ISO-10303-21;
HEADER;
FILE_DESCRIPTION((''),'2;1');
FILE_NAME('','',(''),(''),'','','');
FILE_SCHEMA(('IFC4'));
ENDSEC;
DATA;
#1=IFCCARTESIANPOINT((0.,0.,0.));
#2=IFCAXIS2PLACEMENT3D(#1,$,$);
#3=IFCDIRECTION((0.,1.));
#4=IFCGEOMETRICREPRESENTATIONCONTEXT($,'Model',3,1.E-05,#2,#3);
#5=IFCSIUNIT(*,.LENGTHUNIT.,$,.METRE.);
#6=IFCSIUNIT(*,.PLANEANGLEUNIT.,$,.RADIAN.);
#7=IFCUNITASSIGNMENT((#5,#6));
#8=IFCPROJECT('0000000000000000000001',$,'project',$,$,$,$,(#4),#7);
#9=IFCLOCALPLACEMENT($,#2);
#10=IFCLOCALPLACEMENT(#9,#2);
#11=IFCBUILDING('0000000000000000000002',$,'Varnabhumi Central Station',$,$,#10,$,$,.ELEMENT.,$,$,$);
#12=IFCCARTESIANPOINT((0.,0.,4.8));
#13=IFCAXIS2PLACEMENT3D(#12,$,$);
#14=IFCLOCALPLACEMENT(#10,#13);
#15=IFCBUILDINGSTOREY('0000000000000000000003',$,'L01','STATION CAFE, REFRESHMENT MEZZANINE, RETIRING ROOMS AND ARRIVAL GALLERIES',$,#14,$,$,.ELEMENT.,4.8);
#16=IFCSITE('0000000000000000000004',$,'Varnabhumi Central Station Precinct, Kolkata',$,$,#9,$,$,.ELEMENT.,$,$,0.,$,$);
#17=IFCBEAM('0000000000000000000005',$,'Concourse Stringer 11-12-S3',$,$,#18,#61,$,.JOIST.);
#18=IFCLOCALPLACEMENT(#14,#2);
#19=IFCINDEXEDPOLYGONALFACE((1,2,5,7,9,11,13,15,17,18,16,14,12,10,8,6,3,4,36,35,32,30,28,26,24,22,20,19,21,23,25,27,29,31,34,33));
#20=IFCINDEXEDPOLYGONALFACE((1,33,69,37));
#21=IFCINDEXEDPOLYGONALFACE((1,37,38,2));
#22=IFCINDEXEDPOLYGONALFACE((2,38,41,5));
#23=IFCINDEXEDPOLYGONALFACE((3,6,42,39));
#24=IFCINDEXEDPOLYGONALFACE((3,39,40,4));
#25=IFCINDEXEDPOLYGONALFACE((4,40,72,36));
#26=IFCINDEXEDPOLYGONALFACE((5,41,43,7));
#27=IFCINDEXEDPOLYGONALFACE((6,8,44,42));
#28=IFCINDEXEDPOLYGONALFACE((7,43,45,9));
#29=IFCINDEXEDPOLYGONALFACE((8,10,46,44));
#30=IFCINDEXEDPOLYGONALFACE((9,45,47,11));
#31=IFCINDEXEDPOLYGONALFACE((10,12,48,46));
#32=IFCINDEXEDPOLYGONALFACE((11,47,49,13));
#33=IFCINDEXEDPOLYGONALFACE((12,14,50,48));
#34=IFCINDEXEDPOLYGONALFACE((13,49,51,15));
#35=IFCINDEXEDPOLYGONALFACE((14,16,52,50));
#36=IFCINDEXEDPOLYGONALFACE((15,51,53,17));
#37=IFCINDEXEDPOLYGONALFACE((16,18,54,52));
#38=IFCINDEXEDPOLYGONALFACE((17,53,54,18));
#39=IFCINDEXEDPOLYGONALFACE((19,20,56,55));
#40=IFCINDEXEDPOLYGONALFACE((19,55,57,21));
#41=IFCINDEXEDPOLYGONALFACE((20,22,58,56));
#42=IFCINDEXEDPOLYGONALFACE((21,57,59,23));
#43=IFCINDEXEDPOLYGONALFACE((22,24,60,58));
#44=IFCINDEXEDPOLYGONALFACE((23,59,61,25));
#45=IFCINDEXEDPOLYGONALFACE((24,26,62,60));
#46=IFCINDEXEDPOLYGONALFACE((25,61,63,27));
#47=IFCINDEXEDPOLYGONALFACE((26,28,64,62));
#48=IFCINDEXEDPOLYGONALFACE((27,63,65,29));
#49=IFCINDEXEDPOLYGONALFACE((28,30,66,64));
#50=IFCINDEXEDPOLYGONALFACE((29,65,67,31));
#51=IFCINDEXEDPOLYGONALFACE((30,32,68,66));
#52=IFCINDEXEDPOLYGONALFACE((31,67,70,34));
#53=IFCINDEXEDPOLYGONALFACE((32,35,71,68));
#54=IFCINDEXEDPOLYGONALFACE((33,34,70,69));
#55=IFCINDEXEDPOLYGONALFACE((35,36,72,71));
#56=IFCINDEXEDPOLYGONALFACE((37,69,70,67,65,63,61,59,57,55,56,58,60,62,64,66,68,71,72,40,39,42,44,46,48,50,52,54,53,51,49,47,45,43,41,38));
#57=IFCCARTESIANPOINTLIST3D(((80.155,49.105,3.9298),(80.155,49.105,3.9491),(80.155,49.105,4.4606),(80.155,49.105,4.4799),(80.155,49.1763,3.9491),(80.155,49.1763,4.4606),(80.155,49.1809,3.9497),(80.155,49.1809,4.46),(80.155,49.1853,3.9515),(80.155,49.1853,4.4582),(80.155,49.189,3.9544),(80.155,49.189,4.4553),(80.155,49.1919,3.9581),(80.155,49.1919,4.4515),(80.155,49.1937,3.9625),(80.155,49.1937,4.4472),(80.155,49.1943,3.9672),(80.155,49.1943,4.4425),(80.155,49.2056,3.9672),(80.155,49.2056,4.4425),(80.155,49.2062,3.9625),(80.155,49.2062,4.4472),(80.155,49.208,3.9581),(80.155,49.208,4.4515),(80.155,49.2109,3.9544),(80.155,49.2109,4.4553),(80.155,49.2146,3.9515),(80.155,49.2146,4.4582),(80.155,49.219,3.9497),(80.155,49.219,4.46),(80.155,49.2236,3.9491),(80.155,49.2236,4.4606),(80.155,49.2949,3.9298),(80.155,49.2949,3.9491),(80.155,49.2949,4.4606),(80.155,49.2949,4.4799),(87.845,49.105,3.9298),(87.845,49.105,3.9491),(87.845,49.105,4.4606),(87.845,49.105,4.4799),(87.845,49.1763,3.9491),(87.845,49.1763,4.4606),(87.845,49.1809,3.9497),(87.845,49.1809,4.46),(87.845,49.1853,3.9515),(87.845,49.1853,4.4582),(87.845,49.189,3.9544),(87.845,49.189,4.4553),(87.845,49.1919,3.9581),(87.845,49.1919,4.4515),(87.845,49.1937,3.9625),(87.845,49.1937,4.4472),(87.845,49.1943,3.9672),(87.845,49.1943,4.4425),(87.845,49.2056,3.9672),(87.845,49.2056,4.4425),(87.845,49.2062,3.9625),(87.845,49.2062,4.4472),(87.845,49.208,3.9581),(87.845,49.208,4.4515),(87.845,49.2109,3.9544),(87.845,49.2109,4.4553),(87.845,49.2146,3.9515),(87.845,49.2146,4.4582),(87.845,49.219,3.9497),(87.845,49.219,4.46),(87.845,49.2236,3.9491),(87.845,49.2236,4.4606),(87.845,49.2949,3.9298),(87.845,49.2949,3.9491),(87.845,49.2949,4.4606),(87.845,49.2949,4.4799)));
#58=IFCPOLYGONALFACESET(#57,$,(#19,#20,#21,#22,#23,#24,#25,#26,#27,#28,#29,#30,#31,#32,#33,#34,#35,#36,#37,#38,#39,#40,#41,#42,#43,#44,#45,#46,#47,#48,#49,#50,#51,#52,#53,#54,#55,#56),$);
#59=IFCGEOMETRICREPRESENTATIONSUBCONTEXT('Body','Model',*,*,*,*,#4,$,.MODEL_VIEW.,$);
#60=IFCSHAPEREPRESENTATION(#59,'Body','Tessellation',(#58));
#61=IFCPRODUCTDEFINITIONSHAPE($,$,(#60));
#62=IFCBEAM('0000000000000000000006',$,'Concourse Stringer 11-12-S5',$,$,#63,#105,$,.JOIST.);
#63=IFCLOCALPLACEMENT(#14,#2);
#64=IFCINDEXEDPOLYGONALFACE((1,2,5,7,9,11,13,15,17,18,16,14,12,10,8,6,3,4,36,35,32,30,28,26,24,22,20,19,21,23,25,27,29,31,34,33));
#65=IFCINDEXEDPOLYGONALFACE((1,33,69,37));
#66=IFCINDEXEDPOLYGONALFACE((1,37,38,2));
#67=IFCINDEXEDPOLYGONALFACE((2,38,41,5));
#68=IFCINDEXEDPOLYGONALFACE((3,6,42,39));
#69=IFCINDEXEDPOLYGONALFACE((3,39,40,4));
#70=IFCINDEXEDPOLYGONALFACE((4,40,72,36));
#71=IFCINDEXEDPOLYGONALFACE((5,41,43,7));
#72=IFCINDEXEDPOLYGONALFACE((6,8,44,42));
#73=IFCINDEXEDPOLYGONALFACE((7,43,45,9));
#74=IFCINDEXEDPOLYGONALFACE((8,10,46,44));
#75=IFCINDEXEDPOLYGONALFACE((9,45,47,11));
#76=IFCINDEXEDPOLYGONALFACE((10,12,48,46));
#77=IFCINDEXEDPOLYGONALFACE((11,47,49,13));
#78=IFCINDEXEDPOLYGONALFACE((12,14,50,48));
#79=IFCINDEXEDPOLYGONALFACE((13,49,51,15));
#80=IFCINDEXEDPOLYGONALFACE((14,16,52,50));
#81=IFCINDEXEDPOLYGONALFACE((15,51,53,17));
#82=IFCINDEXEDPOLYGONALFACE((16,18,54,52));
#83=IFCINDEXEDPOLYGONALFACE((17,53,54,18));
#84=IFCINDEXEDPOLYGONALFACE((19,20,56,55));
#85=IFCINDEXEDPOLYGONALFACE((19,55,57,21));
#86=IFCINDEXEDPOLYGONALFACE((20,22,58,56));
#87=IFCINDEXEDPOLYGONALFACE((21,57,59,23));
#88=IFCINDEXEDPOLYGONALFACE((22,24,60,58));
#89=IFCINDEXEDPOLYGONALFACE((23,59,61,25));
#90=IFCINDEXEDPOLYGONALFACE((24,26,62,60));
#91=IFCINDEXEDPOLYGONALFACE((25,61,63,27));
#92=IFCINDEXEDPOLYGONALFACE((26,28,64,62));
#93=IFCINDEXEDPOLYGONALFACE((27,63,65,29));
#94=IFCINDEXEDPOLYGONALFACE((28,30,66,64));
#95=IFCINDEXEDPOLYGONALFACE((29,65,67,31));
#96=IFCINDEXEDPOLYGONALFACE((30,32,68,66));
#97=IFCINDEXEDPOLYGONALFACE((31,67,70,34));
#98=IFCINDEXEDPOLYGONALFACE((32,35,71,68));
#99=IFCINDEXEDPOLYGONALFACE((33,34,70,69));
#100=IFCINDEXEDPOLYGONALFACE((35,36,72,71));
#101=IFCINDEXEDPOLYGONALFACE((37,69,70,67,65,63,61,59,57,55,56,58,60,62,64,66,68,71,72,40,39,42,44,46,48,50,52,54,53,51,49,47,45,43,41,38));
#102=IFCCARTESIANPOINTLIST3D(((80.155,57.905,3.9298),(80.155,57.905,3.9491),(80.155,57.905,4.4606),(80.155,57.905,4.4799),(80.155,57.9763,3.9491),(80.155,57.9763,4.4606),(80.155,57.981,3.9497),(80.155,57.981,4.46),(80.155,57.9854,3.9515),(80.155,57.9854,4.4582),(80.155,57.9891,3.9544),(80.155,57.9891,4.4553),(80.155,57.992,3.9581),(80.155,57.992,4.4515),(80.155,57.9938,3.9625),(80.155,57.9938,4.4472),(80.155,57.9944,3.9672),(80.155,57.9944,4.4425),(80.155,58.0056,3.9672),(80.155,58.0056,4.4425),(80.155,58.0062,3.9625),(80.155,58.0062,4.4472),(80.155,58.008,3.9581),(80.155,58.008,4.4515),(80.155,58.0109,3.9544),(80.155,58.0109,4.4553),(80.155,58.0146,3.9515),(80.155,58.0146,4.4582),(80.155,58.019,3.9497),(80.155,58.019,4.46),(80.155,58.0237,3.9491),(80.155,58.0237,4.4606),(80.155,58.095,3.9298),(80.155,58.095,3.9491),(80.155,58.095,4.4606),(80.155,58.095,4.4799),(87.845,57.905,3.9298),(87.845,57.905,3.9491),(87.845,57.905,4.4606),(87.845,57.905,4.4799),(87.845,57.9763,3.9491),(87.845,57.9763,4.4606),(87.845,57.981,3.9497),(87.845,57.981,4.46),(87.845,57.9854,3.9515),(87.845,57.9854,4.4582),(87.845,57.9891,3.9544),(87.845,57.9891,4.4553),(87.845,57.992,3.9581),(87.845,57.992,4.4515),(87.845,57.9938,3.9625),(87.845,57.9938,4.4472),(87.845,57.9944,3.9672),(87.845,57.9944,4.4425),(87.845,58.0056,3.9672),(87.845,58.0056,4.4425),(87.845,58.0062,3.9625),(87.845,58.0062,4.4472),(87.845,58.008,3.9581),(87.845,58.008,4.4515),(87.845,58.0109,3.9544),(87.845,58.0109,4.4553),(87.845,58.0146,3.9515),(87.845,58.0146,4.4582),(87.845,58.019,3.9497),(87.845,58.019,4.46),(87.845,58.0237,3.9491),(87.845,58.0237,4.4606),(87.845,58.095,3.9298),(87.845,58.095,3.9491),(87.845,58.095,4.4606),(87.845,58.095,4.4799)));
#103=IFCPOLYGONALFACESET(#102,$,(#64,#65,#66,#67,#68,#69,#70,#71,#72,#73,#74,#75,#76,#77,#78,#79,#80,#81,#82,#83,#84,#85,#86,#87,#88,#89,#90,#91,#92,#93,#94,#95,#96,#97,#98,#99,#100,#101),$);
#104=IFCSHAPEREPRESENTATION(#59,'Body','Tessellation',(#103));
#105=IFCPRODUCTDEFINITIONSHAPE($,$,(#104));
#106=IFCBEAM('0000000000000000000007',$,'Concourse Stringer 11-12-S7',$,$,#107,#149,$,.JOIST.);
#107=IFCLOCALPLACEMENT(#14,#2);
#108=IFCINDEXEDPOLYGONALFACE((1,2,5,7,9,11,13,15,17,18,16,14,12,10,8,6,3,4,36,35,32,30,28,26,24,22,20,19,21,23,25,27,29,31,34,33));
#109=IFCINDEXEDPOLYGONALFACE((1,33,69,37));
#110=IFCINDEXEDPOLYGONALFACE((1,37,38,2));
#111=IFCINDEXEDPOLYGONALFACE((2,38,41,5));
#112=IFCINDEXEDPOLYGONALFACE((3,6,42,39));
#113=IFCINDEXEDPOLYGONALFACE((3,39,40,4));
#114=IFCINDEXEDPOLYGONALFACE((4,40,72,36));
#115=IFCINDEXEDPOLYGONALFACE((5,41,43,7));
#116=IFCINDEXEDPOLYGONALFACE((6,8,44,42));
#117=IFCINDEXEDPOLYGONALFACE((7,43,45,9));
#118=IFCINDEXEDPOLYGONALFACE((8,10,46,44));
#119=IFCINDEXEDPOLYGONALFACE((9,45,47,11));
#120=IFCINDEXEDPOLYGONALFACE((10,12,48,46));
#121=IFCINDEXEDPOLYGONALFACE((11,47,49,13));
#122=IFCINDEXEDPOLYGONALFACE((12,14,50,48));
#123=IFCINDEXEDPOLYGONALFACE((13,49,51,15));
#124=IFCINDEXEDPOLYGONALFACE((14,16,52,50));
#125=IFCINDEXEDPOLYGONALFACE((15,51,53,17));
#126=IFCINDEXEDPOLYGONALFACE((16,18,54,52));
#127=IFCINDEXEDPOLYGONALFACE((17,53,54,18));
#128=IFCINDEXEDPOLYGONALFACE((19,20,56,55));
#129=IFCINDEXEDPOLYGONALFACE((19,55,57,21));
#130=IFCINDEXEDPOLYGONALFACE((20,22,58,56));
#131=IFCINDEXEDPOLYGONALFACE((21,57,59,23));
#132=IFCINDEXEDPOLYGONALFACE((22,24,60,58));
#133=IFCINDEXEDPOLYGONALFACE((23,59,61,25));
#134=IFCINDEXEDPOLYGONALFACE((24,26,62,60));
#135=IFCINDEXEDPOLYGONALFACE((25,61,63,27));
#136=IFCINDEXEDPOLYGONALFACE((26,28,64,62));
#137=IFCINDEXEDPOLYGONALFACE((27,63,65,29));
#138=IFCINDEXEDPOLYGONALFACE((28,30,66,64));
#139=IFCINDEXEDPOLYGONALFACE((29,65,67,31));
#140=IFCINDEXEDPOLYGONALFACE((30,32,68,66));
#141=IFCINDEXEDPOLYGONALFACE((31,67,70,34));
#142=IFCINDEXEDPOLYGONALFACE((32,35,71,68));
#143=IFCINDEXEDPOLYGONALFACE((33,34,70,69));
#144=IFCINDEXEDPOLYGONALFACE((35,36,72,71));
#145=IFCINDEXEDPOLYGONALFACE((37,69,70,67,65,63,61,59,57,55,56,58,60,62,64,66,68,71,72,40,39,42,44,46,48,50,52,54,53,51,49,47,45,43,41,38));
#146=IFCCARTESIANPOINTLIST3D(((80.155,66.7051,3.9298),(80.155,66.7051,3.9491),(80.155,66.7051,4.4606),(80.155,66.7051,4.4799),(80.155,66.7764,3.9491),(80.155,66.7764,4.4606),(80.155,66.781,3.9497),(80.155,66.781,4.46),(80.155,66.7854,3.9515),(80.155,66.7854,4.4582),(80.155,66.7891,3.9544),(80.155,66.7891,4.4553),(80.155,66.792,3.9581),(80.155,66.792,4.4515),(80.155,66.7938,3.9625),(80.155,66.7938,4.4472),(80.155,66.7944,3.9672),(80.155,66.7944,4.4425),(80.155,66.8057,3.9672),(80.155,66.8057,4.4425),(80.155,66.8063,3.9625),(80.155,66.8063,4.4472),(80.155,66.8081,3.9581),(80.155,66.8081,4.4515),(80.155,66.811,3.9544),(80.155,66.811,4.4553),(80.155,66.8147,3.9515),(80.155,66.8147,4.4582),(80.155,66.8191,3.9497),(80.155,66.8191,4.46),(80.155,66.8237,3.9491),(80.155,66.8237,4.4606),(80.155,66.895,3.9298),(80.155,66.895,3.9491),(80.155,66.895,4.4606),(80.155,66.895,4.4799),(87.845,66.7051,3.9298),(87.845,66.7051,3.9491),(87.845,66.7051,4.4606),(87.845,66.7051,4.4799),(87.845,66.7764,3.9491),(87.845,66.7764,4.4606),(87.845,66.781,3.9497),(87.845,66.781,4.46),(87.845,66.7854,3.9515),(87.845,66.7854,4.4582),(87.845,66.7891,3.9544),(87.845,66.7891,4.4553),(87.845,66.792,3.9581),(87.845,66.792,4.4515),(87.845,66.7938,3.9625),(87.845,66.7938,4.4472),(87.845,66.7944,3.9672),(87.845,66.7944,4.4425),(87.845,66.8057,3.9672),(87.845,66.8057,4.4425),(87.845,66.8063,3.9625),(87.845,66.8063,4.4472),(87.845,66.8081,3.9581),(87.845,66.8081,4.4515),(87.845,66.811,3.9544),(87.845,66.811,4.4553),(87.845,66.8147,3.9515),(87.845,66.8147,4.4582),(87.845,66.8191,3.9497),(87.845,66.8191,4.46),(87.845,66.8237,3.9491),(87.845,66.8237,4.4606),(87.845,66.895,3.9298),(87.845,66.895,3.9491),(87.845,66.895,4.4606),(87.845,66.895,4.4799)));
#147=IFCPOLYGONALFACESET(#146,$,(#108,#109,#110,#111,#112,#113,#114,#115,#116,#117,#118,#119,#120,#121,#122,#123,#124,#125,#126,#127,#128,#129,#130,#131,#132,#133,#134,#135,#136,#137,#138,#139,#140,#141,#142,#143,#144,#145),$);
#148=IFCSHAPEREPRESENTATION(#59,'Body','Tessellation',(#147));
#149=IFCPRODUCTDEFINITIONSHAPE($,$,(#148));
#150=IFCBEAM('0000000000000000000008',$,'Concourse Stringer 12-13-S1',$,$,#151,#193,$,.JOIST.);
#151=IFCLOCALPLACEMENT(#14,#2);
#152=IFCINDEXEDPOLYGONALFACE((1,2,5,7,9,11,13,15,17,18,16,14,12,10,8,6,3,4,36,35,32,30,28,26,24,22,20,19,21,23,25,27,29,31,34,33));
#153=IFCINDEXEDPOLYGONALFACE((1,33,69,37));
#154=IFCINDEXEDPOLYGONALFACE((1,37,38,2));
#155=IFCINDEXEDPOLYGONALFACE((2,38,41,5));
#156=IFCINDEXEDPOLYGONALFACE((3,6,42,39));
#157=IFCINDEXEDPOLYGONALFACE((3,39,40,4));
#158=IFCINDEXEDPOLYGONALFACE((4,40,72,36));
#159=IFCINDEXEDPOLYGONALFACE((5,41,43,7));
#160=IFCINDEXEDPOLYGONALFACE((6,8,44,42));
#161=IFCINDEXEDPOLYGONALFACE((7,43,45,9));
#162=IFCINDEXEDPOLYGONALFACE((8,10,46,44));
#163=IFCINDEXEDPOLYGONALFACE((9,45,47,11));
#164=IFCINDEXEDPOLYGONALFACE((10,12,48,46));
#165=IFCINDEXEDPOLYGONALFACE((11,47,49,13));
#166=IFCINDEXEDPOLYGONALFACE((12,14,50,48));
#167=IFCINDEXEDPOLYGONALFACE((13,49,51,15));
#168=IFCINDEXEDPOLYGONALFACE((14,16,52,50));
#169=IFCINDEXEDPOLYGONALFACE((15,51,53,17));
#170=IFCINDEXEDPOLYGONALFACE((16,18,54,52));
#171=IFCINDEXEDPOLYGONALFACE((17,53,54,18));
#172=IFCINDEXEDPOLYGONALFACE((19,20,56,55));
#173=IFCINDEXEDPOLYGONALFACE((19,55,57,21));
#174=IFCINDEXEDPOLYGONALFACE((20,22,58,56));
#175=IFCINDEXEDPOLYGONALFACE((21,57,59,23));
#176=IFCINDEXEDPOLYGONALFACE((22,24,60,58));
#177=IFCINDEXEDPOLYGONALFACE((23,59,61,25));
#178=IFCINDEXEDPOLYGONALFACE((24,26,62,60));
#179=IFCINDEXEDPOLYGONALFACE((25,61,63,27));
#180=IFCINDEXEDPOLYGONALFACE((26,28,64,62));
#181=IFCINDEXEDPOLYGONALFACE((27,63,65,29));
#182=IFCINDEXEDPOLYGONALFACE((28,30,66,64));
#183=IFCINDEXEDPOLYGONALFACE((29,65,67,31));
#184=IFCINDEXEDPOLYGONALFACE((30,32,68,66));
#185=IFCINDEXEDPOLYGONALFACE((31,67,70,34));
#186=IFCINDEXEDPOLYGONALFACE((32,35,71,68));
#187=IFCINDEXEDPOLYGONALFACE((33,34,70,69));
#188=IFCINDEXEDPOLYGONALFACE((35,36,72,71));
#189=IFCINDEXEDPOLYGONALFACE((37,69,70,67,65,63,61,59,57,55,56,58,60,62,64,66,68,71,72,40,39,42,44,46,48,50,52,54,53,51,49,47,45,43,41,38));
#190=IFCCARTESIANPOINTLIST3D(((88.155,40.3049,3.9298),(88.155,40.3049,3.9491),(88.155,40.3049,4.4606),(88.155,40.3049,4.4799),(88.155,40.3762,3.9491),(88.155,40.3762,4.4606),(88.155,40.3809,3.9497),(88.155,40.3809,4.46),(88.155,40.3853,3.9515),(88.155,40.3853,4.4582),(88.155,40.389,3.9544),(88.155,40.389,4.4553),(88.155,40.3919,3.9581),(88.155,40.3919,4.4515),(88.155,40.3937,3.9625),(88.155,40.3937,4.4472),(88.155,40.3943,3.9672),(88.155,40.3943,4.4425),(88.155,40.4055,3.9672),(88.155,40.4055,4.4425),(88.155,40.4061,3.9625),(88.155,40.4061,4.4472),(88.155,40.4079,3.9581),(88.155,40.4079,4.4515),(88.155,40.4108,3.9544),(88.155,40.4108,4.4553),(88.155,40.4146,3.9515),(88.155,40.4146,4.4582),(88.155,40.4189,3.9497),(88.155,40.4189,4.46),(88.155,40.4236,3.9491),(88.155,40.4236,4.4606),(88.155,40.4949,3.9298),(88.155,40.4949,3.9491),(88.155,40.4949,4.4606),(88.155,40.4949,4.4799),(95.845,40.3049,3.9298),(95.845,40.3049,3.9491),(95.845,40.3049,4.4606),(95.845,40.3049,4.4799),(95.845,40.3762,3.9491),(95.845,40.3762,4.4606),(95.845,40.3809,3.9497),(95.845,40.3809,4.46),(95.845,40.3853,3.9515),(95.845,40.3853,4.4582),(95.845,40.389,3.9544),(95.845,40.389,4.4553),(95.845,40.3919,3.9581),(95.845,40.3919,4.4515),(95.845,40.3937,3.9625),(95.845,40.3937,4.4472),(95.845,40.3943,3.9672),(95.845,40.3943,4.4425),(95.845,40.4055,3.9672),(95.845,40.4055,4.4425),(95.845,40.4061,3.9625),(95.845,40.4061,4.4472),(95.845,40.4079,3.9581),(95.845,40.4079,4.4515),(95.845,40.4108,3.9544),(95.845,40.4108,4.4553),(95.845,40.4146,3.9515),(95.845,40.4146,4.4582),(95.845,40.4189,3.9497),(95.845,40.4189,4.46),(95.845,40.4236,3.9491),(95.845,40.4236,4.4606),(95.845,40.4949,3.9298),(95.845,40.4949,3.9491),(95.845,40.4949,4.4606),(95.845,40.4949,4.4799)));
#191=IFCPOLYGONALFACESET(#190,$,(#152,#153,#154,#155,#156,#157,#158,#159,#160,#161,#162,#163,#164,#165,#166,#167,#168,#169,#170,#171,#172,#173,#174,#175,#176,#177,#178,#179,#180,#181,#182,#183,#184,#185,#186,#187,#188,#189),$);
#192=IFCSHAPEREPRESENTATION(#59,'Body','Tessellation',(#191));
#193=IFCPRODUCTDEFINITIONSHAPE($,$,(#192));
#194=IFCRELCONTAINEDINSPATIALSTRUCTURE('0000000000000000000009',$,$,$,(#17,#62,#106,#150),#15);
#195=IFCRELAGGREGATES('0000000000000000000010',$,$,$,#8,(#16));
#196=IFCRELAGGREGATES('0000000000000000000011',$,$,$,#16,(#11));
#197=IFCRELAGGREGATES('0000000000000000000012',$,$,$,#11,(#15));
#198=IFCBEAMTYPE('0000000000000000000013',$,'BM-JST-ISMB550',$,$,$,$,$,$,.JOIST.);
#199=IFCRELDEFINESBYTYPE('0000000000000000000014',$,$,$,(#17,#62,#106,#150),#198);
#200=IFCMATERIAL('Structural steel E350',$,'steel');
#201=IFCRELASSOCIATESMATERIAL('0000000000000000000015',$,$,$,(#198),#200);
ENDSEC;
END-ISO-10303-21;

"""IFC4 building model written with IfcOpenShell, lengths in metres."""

from ifc_helpers import new_model, si_unit, direction, frame, origin, origin_2d, place, context, subcontext, project, spatial, i_section, extrude, material, material_profile, profile_set, type_object, element, save


model = new_model("IFC4")

# Units and contexts
model_context = context("Model", 3, precision=1e-05, world=origin(), true_north=direction((0.0, 1.0)))
body_context = subcontext(model_context, "Body", "Model", "MODEL_VIEW")
ifc_project = project(units=[si_unit("LENGTHUNIT", "METRE"), si_unit("PLANEANGLEUNIT", "RADIAN")], contexts=[model_context])

# Site, building, storey
site_placement = place(None, origin())
site = spatial("IfcSite", under=ifc_project, at=site_placement, Name="Varnabhumi Central Station Precinct, Kolkata", CompositionType="ELEMENT", RefElevation=0.0)
building_placement = place(site_placement, origin())
building = spatial("IfcBuilding", under=site, at=building_placement, Name="Varnabhumi Central Station", CompositionType="ELEMENT")
storey_placement = place(building_placement, frame((0.0, 0.0, 4.8)))
storey = spatial("IfcBuildingStorey", under=building, at=storey_placement, Name="L01", Description="STATION CAFE, REFRESHMENT MEZZANINE, RETIRING ROOMS AND ARRIVAL GALLERIES", CompositionType="ELEMENT", Elevation=4.8)

# Beams
ifc_material_1 = material(Name="Structural steel E350", Category="steel")
ifc_material_profile_1 = material_profile(ifc_material_1, i_section(OverallWidth=0.1899, OverallDepth=0.55, WebThickness=0.0112, FlangeThickness=0.0193, FilletRadius=0.0181, at=origin_2d()), Name="Structural steel E350", Category="steel")
ifc_profile_set_1 = profile_set([ifc_material_profile_1], Name="Structural steel E350")
beam_type_1 = type_object("IfcBeamType", Name="BM-JST-ISMB550", PredefinedType="JOIST", material=ifc_profile_set_1)
for number, where, z_axis, x_axis, name in (
    (1, (80.155, 49.2, 4.2048), (1.0, 0.0, 0.0), (0.0, 1.0, 0.0), "Concourse Stringer 11-12-S3"),
    (2, (80.155, 58.0, 4.2048), (1.0, 0.0, 0.0), (0.0, 1.0, 0.0), "Concourse Stringer 11-12-S5"),
    (3, (80.155, 66.8, 4.2048), (1.0, 0.0, 0.0), (0.0, 1.0, 0.0), "Concourse Stringer 11-12-S7"),
    (4, (88.155, 40.3999, 4.2048), (1.0, 0.0, 0.0), (0.0, 1.0, 0.0), "Concourse Stringer 12-13-S1"),
):
    element("IfcBeam", number, at=place(storey_placement, frame(where, z_axis=z_axis, x_axis=x_axis)), inside=storey, type_object=beam_type_1, Name=name, PredefinedType="JOIST", context=body_context, shape_type="SweptSolid", body=[
        extrude(i_section(OverallWidth=0.1899, OverallDepth=0.55, WebThickness=0.0112, FlangeThickness=0.0193, FilletRadius=0.0181, at=origin_2d()), origin(), (0.0, 0.0, 1.0), 7.6899),
    ])

save(model, "model.ifc")
